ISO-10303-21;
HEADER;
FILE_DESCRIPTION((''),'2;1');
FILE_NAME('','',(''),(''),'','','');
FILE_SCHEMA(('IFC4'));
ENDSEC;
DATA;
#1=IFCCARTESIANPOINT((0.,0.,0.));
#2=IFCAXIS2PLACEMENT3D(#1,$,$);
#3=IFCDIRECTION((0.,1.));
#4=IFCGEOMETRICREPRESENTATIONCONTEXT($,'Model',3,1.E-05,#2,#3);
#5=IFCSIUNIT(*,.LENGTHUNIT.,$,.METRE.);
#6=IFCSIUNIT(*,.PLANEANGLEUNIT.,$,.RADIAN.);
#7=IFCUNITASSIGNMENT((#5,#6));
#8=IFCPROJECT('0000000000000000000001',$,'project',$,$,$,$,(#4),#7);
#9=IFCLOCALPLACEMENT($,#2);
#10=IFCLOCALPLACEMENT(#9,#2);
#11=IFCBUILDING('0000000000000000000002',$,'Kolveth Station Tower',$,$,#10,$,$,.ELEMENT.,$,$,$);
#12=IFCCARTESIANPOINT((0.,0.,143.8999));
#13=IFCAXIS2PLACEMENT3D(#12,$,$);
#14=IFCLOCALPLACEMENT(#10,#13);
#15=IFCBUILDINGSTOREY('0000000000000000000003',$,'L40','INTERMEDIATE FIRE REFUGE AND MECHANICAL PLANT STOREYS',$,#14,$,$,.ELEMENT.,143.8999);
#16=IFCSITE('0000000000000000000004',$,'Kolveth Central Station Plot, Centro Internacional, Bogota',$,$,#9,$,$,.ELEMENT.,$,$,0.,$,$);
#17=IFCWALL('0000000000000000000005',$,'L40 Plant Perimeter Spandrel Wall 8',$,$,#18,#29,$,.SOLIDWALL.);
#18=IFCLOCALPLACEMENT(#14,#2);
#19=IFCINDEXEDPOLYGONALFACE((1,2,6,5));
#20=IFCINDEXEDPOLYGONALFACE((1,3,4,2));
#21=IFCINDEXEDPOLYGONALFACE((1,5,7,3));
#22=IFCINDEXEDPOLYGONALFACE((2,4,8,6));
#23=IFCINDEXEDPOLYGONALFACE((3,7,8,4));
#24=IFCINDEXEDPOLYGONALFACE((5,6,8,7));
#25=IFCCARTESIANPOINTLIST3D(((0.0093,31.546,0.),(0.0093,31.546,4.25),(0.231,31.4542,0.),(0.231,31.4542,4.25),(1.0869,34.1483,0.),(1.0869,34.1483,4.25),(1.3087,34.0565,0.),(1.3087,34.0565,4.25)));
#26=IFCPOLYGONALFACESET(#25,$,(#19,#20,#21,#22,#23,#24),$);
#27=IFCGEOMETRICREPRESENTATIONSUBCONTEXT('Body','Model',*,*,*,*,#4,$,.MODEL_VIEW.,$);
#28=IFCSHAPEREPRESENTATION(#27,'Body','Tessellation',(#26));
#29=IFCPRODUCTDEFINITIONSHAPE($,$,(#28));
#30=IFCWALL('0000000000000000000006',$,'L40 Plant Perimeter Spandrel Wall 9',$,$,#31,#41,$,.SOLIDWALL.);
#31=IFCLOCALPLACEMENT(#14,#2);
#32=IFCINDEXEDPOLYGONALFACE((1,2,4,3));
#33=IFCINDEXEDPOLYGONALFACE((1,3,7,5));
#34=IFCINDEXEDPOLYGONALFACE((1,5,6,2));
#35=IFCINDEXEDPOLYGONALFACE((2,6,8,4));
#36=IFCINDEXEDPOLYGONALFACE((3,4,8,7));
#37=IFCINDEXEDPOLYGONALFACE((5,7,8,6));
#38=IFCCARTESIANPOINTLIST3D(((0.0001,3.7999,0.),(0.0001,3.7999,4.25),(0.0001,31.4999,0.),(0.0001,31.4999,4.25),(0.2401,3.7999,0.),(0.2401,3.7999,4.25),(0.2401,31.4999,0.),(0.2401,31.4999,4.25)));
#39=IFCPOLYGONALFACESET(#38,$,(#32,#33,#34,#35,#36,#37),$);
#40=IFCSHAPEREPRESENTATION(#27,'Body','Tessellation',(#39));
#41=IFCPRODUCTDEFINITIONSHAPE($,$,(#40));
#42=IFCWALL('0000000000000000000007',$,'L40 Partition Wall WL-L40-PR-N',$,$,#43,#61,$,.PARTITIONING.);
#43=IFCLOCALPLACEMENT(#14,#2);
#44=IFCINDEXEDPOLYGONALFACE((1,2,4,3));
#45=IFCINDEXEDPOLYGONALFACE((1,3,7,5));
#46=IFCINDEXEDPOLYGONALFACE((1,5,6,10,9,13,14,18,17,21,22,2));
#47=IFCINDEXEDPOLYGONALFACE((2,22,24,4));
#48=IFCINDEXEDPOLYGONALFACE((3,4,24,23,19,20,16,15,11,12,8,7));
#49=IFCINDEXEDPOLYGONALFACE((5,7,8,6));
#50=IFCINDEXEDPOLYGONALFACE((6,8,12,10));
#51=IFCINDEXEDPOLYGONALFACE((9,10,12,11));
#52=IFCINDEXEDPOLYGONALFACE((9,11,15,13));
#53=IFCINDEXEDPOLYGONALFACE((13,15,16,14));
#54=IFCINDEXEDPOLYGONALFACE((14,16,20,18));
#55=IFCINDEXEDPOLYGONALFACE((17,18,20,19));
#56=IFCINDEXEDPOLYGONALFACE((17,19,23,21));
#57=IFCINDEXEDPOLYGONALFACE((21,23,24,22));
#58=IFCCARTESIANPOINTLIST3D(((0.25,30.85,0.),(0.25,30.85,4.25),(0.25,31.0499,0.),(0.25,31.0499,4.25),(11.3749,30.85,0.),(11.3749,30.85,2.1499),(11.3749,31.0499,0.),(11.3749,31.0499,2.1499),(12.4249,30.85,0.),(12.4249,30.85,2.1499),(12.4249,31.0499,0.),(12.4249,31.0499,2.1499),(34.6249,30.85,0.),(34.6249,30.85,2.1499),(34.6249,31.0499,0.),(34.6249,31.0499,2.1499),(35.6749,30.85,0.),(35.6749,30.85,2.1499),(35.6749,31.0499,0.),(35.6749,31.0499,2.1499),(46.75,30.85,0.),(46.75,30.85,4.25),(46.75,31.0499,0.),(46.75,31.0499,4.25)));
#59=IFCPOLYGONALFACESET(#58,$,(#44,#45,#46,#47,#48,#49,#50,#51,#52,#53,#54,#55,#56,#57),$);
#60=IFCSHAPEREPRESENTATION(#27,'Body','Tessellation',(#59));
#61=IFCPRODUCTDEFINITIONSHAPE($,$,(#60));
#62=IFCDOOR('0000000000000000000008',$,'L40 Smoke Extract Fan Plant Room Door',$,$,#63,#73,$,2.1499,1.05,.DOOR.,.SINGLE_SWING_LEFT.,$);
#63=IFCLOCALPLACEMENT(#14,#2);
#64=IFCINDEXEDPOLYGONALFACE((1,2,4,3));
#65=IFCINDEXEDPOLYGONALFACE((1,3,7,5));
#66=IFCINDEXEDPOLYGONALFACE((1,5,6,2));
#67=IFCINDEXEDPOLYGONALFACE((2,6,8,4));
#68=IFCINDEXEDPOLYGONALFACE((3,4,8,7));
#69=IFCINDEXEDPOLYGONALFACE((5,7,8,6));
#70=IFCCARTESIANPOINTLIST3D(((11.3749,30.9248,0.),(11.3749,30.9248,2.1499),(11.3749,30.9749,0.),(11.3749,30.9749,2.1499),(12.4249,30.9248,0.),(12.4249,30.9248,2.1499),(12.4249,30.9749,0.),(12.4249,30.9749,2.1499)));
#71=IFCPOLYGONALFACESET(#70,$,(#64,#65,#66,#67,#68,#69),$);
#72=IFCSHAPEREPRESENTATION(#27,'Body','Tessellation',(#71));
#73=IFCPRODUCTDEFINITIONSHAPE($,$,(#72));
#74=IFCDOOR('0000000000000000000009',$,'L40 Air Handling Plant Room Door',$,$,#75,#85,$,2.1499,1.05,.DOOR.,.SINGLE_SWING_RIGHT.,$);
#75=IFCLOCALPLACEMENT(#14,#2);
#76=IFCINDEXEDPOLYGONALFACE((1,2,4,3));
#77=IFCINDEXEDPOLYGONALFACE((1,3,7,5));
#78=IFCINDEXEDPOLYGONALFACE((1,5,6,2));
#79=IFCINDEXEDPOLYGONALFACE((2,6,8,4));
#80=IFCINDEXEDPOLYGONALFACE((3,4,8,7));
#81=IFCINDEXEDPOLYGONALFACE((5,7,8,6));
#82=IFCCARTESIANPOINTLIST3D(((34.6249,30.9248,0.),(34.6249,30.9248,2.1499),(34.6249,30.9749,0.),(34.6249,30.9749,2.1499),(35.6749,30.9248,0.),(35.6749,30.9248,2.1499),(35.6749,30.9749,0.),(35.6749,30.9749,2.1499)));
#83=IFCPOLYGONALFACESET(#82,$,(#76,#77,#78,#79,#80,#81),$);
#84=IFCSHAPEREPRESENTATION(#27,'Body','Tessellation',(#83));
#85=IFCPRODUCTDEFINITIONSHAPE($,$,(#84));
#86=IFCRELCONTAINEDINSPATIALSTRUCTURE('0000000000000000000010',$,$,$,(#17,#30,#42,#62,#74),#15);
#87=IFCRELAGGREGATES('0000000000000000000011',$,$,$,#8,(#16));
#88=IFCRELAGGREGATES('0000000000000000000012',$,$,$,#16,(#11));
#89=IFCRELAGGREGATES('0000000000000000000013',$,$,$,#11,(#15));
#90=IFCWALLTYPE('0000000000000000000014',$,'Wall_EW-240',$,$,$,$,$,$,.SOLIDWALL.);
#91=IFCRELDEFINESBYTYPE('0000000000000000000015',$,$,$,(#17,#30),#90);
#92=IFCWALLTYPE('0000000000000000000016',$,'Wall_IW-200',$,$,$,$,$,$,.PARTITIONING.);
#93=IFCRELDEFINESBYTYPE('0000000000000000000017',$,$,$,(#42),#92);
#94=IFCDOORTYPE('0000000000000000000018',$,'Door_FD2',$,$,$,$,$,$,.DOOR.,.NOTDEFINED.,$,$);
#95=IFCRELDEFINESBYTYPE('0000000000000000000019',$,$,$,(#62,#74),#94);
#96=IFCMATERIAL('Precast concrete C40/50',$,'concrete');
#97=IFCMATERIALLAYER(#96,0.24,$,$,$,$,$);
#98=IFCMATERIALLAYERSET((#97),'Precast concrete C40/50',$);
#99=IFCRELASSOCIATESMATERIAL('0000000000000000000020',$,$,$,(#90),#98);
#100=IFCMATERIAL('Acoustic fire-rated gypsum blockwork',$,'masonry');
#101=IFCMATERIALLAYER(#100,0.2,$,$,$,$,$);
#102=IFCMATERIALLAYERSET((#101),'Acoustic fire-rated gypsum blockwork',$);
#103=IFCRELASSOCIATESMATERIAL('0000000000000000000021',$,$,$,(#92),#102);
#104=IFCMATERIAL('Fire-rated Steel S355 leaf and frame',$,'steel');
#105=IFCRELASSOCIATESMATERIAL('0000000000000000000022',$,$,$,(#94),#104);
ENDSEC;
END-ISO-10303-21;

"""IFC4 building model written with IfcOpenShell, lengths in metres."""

from ifc_helpers import new_model, si_unit, direction, frame, frame_2d, origin, place, context, subcontext, project, spatial, rectangle, extrude, material, layer, layer_set, type_object, element, fill, save


model = new_model("IFC4")

# Units and contexts
model_context = context("Model", 3, precision=1e-05, world=origin(), true_north=direction((0.0, 1.0)))
body_context = subcontext(model_context, "Body", "Model", "MODEL_VIEW")
ifc_project = project(units=[si_unit("LENGTHUNIT", "METRE"), si_unit("PLANEANGLEUNIT", "RADIAN")], contexts=[model_context])

# Site, building, storey
site_placement = place(None, origin())
site = spatial("IfcSite", under=ifc_project, at=site_placement, Name="Kolveth Central Station Plot, Centro Internacional, Bogota", CompositionType="ELEMENT", RefElevation=0.0)
building_placement = place(site_placement, origin())
building = spatial("IfcBuilding", under=site, at=building_placement, Name="Kolveth Station Tower", CompositionType="ELEMENT")
storey_placement = place(building_placement, frame((0.0, 0.0, 143.8999)))
storey = spatial("IfcBuildingStorey", under=building, at=storey_placement, Name="L40", Description="INTERMEDIATE FIRE REFUGE AND MECHANICAL PLANT STOREYS", CompositionType="ELEMENT", Elevation=143.8999)

# Walls
ifc_material_1 = material(Name="Precast concrete C40/50", Category="concrete")
ifc_layer_1 = layer(ifc_material_1, 0.24)
ifc_layer_set_1 = layer_set([ifc_layer_1], Name="Precast concrete C40/50")
wall_type_1 = type_object("IfcWallType", Name="Wall_EW-240", PredefinedType="SOLIDWALL", material=ifc_layer_set_1)
for number, where, z_axis, x_axis, name in (
    (1, (1.1978, 34.1023, 0.0), (0.0, 0.0, 1.0), (-0.382602, -0.923913, 0.0), "L40 Plant Perimeter Spandrel Wall 8"),
):
    element("IfcWall", number, at=place(storey_placement, frame(where, z_axis=z_axis, x_axis=x_axis)), inside=storey, type_object=wall_type_1, Name=name, PredefinedType="SOLIDWALL", context=body_context, shape_type="SweptSolid", body=[
        extrude(rectangle(XDim=2.8167, YDim=0.24, at=frame_2d((1.4082, 0.0))), origin(), (0.0, 0.0, 1.0), 4.25),
    ])
wall_1_placement = place(storey_placement, frame((0.1201, 31.5, 0.0), z_axis=(0.0, 0.0, 1.0), x_axis=(0.0, -1.0, 0.0)))
element("IfcWall", 2, at=wall_1_placement, inside=storey, type_object=wall_type_1, Name="L40 Plant Perimeter Spandrel Wall 9", PredefinedType="SOLIDWALL", context=body_context, shape_type="SweptSolid", body=[
    extrude(rectangle(XDim=27.7, YDim=0.24, at=frame_2d((13.8501, 0.0))), origin(), (0.0, 0.0, 1.0), 4.25),
])

# Wall, openings, doors
ifc_material_2 = material(Name="Acoustic fire-rated gypsum blockwork", Category="masonry")
ifc_layer_2 = layer(ifc_material_2, 0.2)
ifc_layer_set_2 = layer_set([ifc_layer_2], Name="Acoustic fire-rated gypsum blockwork")
wall_type_2 = type_object("IfcWallType", Name="Wall_IW-200", PredefinedType="PARTITIONING", material=ifc_layer_set_2)
wall_2_placement = place(storey_placement, frame((0.25, 30.95, 0.0), z_axis=(0.0, 0.0, 1.0), x_axis=(1.0, 0.0, 0.0)))
wall_2 = element("IfcWall", 3, at=wall_2_placement, inside=storey, type_object=wall_type_2, Name="L40 Partition Wall WL-L40-PR-N", PredefinedType="PARTITIONING", context=body_context, shape_type="SweptSolid", body=[
    extrude(rectangle(XDim=46.5, YDim=0.2, at=frame_2d((23.25, 0.0))), origin(), (0.0, 0.0, 1.0), 4.25),
])
opening_1_placement = place(wall_2_placement, frame((11.125, 0.0, 0.0)))
opening_1 = element("IfcOpeningElement", 4, at=opening_1_placement, cuts=wall_2, PredefinedType="OPENING", context=body_context, shape_type="SweptSolid", body=[
    extrude(rectangle(XDim=1.05, YDim=2.1499, at=frame_2d((0.5249, 1.075))), frame((0.0, 0.1099, 0.0), z_axis=(0.0, -1.0, 0.0), x_axis=(1.0, 0.0, 0.0)), (0.0, 0.0, 1.0), 0.22),
])
opening_2_placement = place(wall_2_placement, frame((34.375, 0.0, 0.0)))
opening_2 = element("IfcOpeningElement", 5, at=opening_2_placement, cuts=wall_2, PredefinedType="OPENING", context=body_context, shape_type="SweptSolid", body=[
    extrude(rectangle(XDim=1.05, YDim=2.1499, at=frame_2d((0.5249, 1.075))), frame((0.0, 0.1099, 0.0), z_axis=(0.0, -1.0, 0.0), x_axis=(1.0, 0.0, 0.0)), (0.0, 0.0, 1.0), 0.22),
])
ifc_material_3 = material(Name="Fire-rated Steel S355 leaf and frame", Category="steel")
door_type = type_object("IfcDoorType", Name="Door_FD2", OperationType="NOTDEFINED", PredefinedType="DOOR", material=ifc_material_3)
door_1_placement = place(opening_1_placement, origin())
door_1 = element("IfcDoor", 6, at=door_1_placement, inside=storey, type_object=door_type, Name="L40 Smoke Extract Fan Plant Room Door", OperationType="SINGLE_SWING_LEFT", OverallHeight=2.1499, OverallWidth=1.05, PredefinedType="DOOR", context=body_context, shape_type="SweptSolid", body=[
    extrude(rectangle(XDim=1.05, YDim=2.1499, at=frame_2d((0.5249, 1.075))), frame((0.0, 0.0249, 0.0), z_axis=(0.0, -1.0, 0.0), x_axis=(1.0, 0.0, 0.0)), (0.0, 0.0, 1.0), 0.05),
])
fill(opening_1, door_1)
door_2_placement = place(opening_2_placement, origin())
door_2 = element("IfcDoor", 7, at=door_2_placement, inside=storey, type_object=door_type, Name="L40 Air Handling Plant Room Door", OperationType="SINGLE_SWING_RIGHT", OverallHeight=2.1499, OverallWidth=1.05, PredefinedType="DOOR", context=body_context, shape_type="SweptSolid", body=[
    extrude(rectangle(XDim=1.05, YDim=2.1499, at=frame_2d((0.5249, 1.075))), frame((0.0, 0.0249, 0.0), z_axis=(0.0, -1.0, 0.0), x_axis=(1.0, 0.0, 0.0)), (0.0, 0.0, 1.0), 0.05),
])
fill(opening_2, door_2)

save(model, "model.ifc")
